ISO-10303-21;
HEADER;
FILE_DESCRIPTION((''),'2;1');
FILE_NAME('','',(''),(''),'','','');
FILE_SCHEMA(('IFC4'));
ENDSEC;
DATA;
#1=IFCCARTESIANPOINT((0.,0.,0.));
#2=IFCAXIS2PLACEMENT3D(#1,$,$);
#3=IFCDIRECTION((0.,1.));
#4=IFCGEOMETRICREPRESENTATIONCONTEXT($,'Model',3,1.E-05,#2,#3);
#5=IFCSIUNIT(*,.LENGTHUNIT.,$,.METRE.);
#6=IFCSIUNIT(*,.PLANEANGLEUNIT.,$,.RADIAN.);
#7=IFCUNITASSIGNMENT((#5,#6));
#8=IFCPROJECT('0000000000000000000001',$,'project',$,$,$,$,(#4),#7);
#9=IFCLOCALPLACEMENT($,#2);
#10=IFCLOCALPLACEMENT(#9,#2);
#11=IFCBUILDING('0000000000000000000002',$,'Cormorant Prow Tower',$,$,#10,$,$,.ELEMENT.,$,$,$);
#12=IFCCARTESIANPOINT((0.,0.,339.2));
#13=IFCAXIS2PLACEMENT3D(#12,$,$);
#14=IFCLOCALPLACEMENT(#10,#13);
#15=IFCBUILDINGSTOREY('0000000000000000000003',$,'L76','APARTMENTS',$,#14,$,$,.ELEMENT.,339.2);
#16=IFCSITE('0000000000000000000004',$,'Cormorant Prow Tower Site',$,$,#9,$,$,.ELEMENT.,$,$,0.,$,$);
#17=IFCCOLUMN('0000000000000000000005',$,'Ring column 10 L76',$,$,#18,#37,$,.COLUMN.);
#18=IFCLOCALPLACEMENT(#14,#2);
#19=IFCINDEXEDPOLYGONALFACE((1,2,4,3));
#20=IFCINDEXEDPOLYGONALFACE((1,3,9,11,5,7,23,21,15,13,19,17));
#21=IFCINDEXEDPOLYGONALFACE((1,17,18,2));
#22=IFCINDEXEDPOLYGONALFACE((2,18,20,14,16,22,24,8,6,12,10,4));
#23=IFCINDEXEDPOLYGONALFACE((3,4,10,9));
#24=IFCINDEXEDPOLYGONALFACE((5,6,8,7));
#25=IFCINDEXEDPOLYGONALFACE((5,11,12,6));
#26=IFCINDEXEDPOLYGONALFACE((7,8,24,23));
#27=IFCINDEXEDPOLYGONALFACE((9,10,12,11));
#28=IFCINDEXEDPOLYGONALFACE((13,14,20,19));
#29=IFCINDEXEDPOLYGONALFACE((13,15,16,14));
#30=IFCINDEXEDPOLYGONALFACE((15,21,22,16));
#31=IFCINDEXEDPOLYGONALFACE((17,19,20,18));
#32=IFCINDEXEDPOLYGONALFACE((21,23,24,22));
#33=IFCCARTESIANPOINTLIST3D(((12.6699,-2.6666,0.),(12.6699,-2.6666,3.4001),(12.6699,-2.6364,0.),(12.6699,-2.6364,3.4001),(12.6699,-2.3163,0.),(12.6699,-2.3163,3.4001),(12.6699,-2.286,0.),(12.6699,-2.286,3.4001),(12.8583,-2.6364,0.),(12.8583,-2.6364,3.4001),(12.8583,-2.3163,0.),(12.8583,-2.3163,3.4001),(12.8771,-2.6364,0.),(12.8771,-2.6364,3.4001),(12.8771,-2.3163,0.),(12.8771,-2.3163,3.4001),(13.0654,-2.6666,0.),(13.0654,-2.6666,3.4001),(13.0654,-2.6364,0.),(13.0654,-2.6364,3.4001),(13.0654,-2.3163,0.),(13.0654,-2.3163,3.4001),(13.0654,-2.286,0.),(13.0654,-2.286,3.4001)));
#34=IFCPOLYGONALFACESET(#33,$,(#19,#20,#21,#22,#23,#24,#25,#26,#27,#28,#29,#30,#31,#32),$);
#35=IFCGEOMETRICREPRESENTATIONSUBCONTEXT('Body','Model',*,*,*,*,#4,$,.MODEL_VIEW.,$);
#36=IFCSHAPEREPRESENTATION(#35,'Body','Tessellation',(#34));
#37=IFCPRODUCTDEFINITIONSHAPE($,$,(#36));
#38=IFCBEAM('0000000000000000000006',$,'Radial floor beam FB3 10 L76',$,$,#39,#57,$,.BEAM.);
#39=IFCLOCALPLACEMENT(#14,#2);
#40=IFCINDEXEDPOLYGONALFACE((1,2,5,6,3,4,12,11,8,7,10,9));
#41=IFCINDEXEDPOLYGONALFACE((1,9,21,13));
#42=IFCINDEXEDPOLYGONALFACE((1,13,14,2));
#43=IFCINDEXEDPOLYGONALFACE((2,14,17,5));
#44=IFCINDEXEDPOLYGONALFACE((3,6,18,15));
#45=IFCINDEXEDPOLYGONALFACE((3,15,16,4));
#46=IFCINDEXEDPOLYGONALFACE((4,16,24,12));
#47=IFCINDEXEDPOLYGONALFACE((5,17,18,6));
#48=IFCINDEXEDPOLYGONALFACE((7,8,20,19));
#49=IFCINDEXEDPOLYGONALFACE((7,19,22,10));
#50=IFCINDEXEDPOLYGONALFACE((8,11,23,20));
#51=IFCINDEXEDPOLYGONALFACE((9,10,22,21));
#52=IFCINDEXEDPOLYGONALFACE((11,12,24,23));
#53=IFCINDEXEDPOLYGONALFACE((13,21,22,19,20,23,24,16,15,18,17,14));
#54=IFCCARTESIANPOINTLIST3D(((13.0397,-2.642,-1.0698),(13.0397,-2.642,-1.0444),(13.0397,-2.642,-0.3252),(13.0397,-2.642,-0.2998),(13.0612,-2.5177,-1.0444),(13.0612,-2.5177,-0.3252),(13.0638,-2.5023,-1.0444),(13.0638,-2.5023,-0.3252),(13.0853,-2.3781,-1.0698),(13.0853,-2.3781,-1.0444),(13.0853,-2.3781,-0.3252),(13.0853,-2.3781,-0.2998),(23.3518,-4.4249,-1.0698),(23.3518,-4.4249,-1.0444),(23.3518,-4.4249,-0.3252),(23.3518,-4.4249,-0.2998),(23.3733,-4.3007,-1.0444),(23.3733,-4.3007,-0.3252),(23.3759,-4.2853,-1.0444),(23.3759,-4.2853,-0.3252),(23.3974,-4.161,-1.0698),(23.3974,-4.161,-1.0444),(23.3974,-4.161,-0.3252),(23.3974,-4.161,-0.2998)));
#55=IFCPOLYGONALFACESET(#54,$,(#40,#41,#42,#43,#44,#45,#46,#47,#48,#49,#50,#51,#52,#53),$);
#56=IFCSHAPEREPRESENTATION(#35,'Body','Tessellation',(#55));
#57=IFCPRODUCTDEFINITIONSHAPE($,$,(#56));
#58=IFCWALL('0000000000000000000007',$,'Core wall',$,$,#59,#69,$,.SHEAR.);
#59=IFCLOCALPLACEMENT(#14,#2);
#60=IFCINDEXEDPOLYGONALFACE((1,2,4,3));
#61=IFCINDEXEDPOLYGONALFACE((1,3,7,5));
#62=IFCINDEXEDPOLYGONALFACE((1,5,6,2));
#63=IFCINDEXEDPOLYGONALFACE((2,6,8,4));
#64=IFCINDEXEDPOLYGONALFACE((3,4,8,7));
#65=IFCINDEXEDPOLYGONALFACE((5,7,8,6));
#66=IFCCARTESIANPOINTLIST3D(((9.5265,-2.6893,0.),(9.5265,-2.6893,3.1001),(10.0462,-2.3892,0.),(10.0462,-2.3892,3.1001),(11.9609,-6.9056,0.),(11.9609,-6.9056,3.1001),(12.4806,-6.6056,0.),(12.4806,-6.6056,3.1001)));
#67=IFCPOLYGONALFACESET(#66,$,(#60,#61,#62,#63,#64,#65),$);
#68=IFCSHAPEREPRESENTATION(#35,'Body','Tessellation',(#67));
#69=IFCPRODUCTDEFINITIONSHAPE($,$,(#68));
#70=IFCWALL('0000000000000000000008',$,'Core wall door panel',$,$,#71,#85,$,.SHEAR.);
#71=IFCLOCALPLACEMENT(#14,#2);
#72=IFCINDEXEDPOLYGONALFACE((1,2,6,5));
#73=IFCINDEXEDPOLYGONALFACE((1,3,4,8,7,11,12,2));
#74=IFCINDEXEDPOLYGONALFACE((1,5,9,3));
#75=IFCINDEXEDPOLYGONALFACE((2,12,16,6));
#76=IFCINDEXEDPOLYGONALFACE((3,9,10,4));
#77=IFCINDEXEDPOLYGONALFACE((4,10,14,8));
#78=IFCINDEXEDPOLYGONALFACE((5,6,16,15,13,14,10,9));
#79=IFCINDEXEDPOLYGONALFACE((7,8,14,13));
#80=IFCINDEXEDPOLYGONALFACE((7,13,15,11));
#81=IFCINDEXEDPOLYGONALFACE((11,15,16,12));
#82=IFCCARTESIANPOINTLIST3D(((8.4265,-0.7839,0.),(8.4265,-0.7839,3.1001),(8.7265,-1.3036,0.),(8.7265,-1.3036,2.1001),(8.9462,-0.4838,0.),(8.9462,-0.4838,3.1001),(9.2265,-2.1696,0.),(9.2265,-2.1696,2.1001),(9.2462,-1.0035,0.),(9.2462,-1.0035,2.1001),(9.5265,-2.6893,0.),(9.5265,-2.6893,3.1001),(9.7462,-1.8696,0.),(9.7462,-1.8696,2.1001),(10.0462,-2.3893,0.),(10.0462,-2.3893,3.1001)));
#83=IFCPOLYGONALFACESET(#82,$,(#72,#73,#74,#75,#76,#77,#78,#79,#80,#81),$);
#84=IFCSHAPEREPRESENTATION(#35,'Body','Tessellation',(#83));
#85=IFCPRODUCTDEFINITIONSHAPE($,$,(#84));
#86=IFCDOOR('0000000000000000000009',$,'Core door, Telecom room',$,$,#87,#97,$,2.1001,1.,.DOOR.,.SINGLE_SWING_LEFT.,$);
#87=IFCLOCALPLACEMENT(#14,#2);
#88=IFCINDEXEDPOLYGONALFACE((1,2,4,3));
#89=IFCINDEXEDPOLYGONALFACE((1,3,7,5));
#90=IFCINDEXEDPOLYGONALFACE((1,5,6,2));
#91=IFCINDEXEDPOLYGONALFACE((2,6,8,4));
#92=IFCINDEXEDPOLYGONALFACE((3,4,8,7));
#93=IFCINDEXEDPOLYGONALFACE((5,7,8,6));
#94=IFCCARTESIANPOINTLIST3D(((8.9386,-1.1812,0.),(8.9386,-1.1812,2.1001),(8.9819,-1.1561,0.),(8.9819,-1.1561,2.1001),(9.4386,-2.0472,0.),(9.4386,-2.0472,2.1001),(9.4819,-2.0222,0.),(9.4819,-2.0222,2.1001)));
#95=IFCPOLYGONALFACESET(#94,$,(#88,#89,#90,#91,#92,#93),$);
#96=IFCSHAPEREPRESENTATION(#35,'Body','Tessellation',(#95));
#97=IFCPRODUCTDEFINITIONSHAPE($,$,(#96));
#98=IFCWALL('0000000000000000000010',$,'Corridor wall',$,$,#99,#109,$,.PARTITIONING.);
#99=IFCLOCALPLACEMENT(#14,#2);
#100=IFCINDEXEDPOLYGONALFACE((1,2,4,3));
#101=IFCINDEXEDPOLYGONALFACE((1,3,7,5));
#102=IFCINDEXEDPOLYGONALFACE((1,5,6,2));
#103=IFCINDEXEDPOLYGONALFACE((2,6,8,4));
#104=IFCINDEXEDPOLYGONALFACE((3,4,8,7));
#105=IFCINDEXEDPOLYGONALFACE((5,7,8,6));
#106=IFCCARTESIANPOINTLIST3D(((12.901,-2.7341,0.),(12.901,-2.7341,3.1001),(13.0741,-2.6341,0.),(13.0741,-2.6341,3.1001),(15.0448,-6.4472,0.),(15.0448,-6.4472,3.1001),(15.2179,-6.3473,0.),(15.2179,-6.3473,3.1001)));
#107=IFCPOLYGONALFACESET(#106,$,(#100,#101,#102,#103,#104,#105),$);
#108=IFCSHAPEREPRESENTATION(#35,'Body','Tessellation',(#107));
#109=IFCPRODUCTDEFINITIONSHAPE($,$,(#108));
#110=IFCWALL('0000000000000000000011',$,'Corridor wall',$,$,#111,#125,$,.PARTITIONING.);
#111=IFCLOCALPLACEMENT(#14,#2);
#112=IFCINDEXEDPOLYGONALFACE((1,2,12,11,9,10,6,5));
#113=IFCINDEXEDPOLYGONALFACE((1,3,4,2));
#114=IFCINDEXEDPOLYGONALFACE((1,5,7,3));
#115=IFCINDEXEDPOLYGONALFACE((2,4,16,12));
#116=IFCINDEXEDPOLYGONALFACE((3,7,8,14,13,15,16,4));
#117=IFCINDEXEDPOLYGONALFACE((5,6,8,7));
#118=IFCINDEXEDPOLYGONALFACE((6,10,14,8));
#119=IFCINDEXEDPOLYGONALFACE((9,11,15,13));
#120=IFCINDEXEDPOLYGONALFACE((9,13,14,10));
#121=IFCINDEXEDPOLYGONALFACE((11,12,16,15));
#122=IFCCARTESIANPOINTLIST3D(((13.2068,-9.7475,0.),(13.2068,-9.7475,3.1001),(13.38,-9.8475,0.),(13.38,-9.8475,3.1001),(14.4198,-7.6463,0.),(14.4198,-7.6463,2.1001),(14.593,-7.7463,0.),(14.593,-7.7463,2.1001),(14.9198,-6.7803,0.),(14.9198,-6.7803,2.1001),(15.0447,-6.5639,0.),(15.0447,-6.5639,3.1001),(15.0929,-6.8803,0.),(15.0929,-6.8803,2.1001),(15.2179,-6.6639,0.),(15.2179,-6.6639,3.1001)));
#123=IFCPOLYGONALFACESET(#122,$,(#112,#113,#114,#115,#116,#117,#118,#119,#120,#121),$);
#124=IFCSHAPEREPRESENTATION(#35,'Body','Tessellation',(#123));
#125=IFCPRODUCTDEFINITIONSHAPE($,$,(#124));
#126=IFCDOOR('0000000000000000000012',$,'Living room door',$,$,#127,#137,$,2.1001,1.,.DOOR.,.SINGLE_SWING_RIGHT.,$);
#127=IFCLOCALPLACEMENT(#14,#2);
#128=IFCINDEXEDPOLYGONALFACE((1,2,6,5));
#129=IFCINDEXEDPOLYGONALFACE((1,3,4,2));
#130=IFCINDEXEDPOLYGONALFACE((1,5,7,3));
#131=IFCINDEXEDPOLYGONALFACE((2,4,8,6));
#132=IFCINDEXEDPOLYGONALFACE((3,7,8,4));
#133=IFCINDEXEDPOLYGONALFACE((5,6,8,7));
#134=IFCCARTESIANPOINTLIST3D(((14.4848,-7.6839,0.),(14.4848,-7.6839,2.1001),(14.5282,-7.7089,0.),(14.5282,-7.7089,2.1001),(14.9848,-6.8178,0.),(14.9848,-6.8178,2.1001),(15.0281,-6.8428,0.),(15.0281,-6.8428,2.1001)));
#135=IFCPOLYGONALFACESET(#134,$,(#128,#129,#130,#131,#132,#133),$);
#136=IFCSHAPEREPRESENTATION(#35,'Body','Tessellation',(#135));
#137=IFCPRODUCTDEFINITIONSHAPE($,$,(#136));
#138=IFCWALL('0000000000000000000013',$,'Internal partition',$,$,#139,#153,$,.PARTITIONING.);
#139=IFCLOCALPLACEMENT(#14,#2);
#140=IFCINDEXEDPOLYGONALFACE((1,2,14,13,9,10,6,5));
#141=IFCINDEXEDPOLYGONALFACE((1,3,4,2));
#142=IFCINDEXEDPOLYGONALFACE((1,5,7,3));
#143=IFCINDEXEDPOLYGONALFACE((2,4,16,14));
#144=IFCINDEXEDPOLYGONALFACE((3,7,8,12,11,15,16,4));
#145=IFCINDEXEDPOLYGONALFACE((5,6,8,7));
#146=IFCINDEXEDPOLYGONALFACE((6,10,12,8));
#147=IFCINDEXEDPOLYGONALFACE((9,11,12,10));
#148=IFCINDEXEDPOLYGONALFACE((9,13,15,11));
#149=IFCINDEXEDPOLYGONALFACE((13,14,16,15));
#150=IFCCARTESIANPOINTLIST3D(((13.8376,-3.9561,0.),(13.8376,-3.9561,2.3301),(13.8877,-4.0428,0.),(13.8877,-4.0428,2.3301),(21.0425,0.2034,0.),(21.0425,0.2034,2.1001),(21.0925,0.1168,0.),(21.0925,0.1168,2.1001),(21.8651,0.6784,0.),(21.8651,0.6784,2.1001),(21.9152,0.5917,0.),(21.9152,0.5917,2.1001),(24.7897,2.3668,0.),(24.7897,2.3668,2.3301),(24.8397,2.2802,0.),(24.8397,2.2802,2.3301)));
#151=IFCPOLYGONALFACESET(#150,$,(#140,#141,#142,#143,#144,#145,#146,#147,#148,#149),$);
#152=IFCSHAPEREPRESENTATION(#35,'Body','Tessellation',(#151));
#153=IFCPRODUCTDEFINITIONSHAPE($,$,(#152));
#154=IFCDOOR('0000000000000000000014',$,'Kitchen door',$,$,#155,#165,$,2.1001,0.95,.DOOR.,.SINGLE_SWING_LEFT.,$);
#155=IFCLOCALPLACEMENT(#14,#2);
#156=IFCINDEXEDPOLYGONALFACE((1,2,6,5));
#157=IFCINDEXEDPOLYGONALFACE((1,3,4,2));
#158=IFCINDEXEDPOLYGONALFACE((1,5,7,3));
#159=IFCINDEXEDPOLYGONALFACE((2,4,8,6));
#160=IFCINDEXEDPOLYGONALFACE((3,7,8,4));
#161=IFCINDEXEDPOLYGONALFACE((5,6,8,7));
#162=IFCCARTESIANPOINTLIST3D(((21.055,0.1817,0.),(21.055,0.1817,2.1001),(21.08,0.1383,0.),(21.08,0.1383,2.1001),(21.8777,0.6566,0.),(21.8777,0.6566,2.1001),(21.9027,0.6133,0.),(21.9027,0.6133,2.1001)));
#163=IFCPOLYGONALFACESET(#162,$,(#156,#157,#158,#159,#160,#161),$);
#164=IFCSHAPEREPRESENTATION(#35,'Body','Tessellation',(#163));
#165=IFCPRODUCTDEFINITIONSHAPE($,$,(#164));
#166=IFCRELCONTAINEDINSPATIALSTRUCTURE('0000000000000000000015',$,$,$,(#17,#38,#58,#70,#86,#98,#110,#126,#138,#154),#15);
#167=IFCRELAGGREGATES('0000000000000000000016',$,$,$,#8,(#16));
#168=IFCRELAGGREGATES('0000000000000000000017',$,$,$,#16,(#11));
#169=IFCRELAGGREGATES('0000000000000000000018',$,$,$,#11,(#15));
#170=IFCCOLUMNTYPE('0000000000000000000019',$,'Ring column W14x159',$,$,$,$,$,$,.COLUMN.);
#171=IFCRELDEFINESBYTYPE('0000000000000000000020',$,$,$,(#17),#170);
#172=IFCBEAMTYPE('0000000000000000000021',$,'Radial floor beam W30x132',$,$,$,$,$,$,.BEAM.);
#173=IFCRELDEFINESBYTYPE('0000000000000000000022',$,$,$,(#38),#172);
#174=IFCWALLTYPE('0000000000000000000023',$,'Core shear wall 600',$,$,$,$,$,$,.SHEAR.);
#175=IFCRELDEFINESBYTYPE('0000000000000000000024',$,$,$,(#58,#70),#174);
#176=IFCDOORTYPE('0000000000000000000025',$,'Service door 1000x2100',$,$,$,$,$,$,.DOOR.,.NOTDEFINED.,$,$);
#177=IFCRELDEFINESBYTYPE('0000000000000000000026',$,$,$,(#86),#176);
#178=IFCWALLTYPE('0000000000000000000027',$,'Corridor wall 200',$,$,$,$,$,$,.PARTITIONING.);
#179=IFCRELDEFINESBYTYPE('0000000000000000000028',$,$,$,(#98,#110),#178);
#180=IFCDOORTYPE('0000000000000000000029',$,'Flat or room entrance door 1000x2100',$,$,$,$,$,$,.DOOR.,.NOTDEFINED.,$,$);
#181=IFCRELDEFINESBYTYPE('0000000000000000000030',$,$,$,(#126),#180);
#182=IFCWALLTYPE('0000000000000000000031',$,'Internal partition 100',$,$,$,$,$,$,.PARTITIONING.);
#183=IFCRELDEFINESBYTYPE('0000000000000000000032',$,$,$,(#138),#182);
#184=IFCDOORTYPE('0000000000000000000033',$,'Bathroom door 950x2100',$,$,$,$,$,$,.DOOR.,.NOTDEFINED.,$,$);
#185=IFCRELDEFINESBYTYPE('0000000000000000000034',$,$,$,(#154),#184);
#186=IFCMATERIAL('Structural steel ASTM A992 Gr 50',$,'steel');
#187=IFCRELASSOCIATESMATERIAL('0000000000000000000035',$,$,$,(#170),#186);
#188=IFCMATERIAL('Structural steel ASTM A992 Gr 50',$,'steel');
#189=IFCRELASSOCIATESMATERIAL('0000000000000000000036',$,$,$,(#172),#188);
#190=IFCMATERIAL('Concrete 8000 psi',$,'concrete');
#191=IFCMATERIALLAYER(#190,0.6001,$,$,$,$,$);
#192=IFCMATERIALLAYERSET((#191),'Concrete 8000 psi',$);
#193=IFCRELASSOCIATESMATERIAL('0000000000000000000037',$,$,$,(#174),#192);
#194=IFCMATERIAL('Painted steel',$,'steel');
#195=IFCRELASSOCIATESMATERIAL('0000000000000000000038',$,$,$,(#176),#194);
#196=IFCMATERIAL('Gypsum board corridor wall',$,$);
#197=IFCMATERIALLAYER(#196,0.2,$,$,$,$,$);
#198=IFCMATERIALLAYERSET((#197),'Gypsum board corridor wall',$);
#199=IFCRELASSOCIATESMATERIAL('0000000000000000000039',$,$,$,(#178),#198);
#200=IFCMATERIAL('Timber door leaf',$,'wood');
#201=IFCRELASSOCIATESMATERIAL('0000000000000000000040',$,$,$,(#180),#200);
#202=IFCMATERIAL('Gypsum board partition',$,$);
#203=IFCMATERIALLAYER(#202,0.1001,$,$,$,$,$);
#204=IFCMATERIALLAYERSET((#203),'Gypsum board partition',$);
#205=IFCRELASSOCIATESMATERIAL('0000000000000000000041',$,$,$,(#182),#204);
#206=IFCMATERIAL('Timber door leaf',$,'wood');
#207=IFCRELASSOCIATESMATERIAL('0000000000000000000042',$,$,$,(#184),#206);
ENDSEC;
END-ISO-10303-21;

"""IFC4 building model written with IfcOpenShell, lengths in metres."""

from ifc_helpers import new_model, si_unit, direction, frame, frame_2d, origin, origin_2d, place, context, subcontext, project, spatial, rectangle, i_section, extrude, material, layer, layer_set, material_profile, profile_set, type_object, element, fill, save


model = new_model("IFC4")

# Units and contexts
model_context = context("Model", 3, precision=1e-05, world=origin(), true_north=direction((0.0, 1.0)))
body_context = subcontext(model_context, "Body", "Model", "MODEL_VIEW")
ifc_project = project(units=[si_unit("LENGTHUNIT", "METRE"), si_unit("PLANEANGLEUNIT", "RADIAN")], contexts=[model_context])

# Site, building, storey
site_placement = place(None, origin())
site = spatial("IfcSite", under=ifc_project, at=site_placement, Name="Cormorant Prow Tower Site", CompositionType="ELEMENT", RefElevation=0.0)
building_placement = place(site_placement, origin())
building = spatial("IfcBuilding", under=site, at=building_placement, Name="Cormorant Prow Tower", CompositionType="ELEMENT")
storey_placement = place(building_placement, frame((0.0, 0.0, 339.2)))
storey = spatial("IfcBuildingStorey", under=building, at=storey_placement, Name="L76", Description="APARTMENTS", CompositionType="ELEMENT", Elevation=339.2)

# Column
ifc_material_1 = material(Name="Structural steel ASTM A992 Gr 50", Category="steel")
ifc_material_profile_1 = material_profile(ifc_material_1, i_section(OverallWidth=0.3955, OverallDepth=0.3806, WebThickness=0.0188, FlangeThickness=0.0303, at=origin_2d()), Name="W14x159")
ifc_profile_set_1 = profile_set([ifc_material_profile_1], Name="Structural steel ASTM A992 Gr 50")
column_type = type_object("IfcColumnType", Name="Ring column W14x159", PredefinedType="COLUMN", material=ifc_profile_set_1)
column_placement = place(storey_placement, frame((12.8677, -2.4763, 0.0), z_axis=(0.0, 0.0, 1.0), x_axis=(1.0, 0.0, 0.0)))
element("IfcColumn", 1, at=column_placement, inside=storey, type_object=column_type, Name="Ring column 10 L76", PredefinedType="COLUMN", context=body_context, shape_type="SweptSolid", body=[
    extrude(i_section(OverallWidth=0.3955, OverallDepth=0.3806, WebThickness=0.0188, FlangeThickness=0.0303, at=origin_2d()), origin(), (0.0, 0.0, 1.0), 3.4001),
])

# Beam
ifc_material_2 = material(Name="Structural steel ASTM A992 Gr 50", Category="steel")
ifc_material_profile_2 = material_profile(ifc_material_2, i_section(OverallWidth=0.2678, OverallDepth=0.77, WebThickness=0.0156, FlangeThickness=0.0254, at=origin_2d()), Name="W30x132")
ifc_profile_set_2 = profile_set([ifc_material_profile_2], Name="Structural steel ASTM A992 Gr 50")
beam_type = type_object("IfcBeamType", Name="Radial floor beam W30x132", PredefinedType="BEAM", material=ifc_profile_set_2)
beam_placement = place(storey_placement, frame((13.0625, -2.51, -0.6848), z_axis=(0.98538, -0.170373, 0.0), x_axis=(0.170373, 0.98538, 0.0)))
element("IfcBeam", 2, at=beam_placement, inside=storey, type_object=beam_type, Name="Radial floor beam FB3 10 L76", PredefinedType="BEAM", context=body_context, shape_type="SweptSolid", body=[
    extrude(i_section(OverallWidth=0.2678, OverallDepth=0.77, WebThickness=0.0156, FlangeThickness=0.0254, at=origin_2d()), origin(), (0.0, 0.0, 1.0), 10.4651),
])

# Wall
ifc_material_3 = material(Name="Concrete 8000 psi", Category="concrete")
ifc_layer_1 = layer(ifc_material_3, 0.6001)
ifc_layer_set_1 = layer_set([ifc_layer_1], Name="Concrete 8000 psi")
wall_type_1 = type_object("IfcWallType", Name="Core shear wall 600", PredefinedType="SHEAR", material=ifc_layer_set_1)
wall_1_placement = place(storey_placement, frame((12.2207, -6.7556, 0.0), z_axis=(0.0, 0.0, 1.0), x_axis=(-0.500006, 0.866022, 0.0)))
element("IfcWall", 3, at=wall_1_placement, inside=storey, type_object=wall_type_1, Name="Core wall", PredefinedType="SHEAR", context=body_context, shape_type="SweptSolid", body=[
    extrude(rectangle(XDim=4.8687, YDim=0.6001, at=frame_2d((2.4343, 0.0))), origin(), (0.0, 0.0, 1.0), 3.1001),
])

# Wall, opening, door
wall_2_placement = place(storey_placement, frame((9.7864, -2.5393, 0.0), z_axis=(0.0, 0.0, 1.0), x_axis=(-0.499982, 0.866036, 0.0)))
wall_2 = element("IfcWall", 4, at=wall_2_placement, inside=storey, type_object=wall_type_1, Name="Core wall door panel", PredefinedType="SHEAR", context=body_context, shape_type="SweptSolid", body=[
    extrude(rectangle(XDim=2.2002, YDim=0.6001, at=frame_2d((1.1001, 0.0))), origin(), (0.0, 0.0, 1.0), 3.1001),
])
opening_1_placement = place(wall_2_placement, frame((0.6001, 0.0, 0.0)))
opening_1 = element("IfcOpeningElement", 5, at=opening_1_placement, cuts=wall_2, PredefinedType="OPENING", context=body_context, shape_type="SweptSolid", body=[
    extrude(rectangle(XDim=1.0, YDim=2.1001, at=frame_2d((0.5, 1.05))), frame((0.0, 0.3101, 0.0), z_axis=(0.0, -1.0, 0.0), x_axis=(1.0, 0.0, 0.0)), (0.0, 0.0, 1.0), 0.6201),
])
ifc_material_4 = material(Name="Painted steel", Category="steel")
door_type_1 = type_object("IfcDoorType", Name="Service door 1000x2100", OperationType="NOTDEFINED", PredefinedType="DOOR", material=ifc_material_4)
door_1_placement = place(opening_1_placement, origin())
door_1 = element("IfcDoor", 6, at=door_1_placement, inside=storey, type_object=door_type_1, Name="Core door, Telecom room", OperationType="SINGLE_SWING_LEFT", OverallHeight=2.1001, OverallWidth=1.0, PredefinedType="DOOR", context=body_context, shape_type="SweptSolid", body=[
    extrude(rectangle(XDim=1.0, YDim=2.1001, at=frame_2d((0.5, 1.05))), frame((0.0, 0.0552, 0.0), z_axis=(0.0, -1.0, 0.0), x_axis=(1.0, 0.0, 0.0)), (0.0, 0.0, 1.0), 0.05),
])
fill(opening_1, door_1)

# Wall
ifc_material_5 = material(Name="Gypsum board corridor wall")
ifc_layer_2 = layer(ifc_material_5, 0.2)
ifc_layer_set_2 = layer_set([ifc_layer_2], Name="Gypsum board corridor wall")
wall_type_2 = type_object("IfcWallType", Name="Corridor wall 200", PredefinedType="PARTITIONING", material=ifc_layer_set_2)
wall_3_placement = place(storey_placement, frame((12.9875, -2.6841, 0.0), z_axis=(0.0, 0.0, 1.0), x_axis=(0.500003, -0.866023, 0.0)))
element("IfcWall", 7, at=wall_3_placement, inside=storey, type_object=wall_type_2, Name="Corridor wall", PredefinedType="PARTITIONING", context=body_context, shape_type="SweptSolid", body=[
    extrude(rectangle(XDim=4.2876, YDim=0.2, at=frame_2d((2.1438, 0.0))), origin(), (0.0, 0.0, 1.0), 3.1001),
])

# Walls, openings, doors
wall_4_placement = place(storey_placement, frame((13.2935, -9.7974, 0.0), z_axis=(0.0, 0.0, 1.0), x_axis=(0.499968, 0.866044, 0.0)))
wall_4 = element("IfcWall", 8, at=wall_4_placement, inside=storey, type_object=wall_type_2, Name="Corridor wall", PredefinedType="PARTITIONING", context=body_context, shape_type="SweptSolid", body=[
    extrude(rectangle(XDim=3.676, YDim=0.2, at=frame_2d((1.8379, 0.0))), origin(), (0.0, 0.0, 1.0), 3.1001),
])
opening_2_placement = place(wall_4_placement, frame((2.426, 0.0, 0.0)))
opening_2 = element("IfcOpeningElement", 9, at=opening_2_placement, cuts=wall_4, PredefinedType="OPENING", context=body_context, shape_type="SweptSolid", body=[
    extrude(rectangle(XDim=1.0, YDim=2.1001, at=frame_2d((0.5, 1.05))), frame((0.0, 0.1099, 0.0), z_axis=(0.0, -1.0, 0.0), x_axis=(1.0, 0.0, 0.0)), (0.0, 0.0, 1.0), 0.22),
])
ifc_material_6 = material(Name="Timber door leaf", Category="wood")
door_type_2 = type_object("IfcDoorType", Name="Flat or room entrance door 1000x2100", OperationType="NOTDEFINED", PredefinedType="DOOR", material=ifc_material_6)
door_2_placement = place(opening_2_placement, origin())
door_2 = element("IfcDoor", 10, at=door_2_placement, inside=storey, type_object=door_type_2, Name="Living room door", OperationType="SINGLE_SWING_RIGHT", OverallHeight=2.1001, OverallWidth=1.0, PredefinedType="DOOR", context=body_context, shape_type="SweptSolid", body=[
    extrude(rectangle(XDim=1.0, YDim=2.1001, at=frame_2d((0.5, 1.05))), frame((0.0, 0.0249, 0.0), z_axis=(0.0, -1.0, 0.0), x_axis=(1.0, 0.0, 0.0)), (0.0, 0.0, 1.0), 0.05),
])
fill(opening_2, door_2)
ifc_material_7 = material(Name="Gypsum board partition")
ifc_layer_3 = layer(ifc_material_7, 0.1001)
ifc_layer_set_3 = layer_set([ifc_layer_3], Name="Gypsum board partition")
wall_type_3 = type_object("IfcWallType", Name="Internal partition 100", PredefinedType="PARTITIONING", material=ifc_layer_set_3)
wall_5_placement = place(storey_placement, frame((13.8625, -3.9995, 0.0), z_axis=(0.0, 0.0, 1.0), x_axis=(0.866033, 0.499986, 0.0)))
wall_5 = element("IfcWall", 11, at=wall_5_placement, inside=storey, type_object=wall_type_3, Name="Internal partition", PredefinedType="PARTITIONING", context=body_context, shape_type="SweptSolid", body=[
    extrude(rectangle(XDim=12.6462, YDim=0.1001, at=frame_2d((6.3232, 0.0))), origin(), (0.0, 0.0, 1.0), 2.3301),
])
opening_3_placement = place(wall_5_placement, frame((8.3193, 0.0, 0.0)))
opening_3 = element("IfcOpeningElement", 12, at=opening_3_placement, cuts=wall_5, PredefinedType="OPENING", context=body_context, shape_type="SweptSolid", body=[
    extrude(rectangle(XDim=0.95, YDim=2.1001, at=frame_2d((0.4751, 1.05))), frame((0.0, 0.0601, 0.0), z_axis=(0.0, -1.0, 0.0), x_axis=(1.0, 0.0, 0.0)), (0.0, 0.0, 1.0), 0.1201),
])
ifc_material_8 = material(Name="Timber door leaf", Category="wood")
door_type_3 = type_object("IfcDoorType", Name="Bathroom door 950x2100", OperationType="NOTDEFINED", PredefinedType="DOOR", material=ifc_material_8)
door_3_placement = place(opening_3_placement, origin())
door_3 = element("IfcDoor", 13, at=door_3_placement, inside=storey, type_object=door_type_3, Name="Kitchen door", OperationType="SINGLE_SWING_LEFT", OverallHeight=2.1001, OverallWidth=0.95, PredefinedType="DOOR", context=body_context, shape_type="SweptSolid", body=[
    extrude(rectangle(XDim=0.95, YDim=2.1001, at=frame_2d((0.4751, 1.05))), frame((0.0, 0.0249, 0.0), z_axis=(0.0, -1.0, 0.0), x_axis=(1.0, 0.0, 0.0)), (0.0, 0.0, 1.0), 0.05),
])
fill(opening_3, door_3)

save(model, "model.ifc")
